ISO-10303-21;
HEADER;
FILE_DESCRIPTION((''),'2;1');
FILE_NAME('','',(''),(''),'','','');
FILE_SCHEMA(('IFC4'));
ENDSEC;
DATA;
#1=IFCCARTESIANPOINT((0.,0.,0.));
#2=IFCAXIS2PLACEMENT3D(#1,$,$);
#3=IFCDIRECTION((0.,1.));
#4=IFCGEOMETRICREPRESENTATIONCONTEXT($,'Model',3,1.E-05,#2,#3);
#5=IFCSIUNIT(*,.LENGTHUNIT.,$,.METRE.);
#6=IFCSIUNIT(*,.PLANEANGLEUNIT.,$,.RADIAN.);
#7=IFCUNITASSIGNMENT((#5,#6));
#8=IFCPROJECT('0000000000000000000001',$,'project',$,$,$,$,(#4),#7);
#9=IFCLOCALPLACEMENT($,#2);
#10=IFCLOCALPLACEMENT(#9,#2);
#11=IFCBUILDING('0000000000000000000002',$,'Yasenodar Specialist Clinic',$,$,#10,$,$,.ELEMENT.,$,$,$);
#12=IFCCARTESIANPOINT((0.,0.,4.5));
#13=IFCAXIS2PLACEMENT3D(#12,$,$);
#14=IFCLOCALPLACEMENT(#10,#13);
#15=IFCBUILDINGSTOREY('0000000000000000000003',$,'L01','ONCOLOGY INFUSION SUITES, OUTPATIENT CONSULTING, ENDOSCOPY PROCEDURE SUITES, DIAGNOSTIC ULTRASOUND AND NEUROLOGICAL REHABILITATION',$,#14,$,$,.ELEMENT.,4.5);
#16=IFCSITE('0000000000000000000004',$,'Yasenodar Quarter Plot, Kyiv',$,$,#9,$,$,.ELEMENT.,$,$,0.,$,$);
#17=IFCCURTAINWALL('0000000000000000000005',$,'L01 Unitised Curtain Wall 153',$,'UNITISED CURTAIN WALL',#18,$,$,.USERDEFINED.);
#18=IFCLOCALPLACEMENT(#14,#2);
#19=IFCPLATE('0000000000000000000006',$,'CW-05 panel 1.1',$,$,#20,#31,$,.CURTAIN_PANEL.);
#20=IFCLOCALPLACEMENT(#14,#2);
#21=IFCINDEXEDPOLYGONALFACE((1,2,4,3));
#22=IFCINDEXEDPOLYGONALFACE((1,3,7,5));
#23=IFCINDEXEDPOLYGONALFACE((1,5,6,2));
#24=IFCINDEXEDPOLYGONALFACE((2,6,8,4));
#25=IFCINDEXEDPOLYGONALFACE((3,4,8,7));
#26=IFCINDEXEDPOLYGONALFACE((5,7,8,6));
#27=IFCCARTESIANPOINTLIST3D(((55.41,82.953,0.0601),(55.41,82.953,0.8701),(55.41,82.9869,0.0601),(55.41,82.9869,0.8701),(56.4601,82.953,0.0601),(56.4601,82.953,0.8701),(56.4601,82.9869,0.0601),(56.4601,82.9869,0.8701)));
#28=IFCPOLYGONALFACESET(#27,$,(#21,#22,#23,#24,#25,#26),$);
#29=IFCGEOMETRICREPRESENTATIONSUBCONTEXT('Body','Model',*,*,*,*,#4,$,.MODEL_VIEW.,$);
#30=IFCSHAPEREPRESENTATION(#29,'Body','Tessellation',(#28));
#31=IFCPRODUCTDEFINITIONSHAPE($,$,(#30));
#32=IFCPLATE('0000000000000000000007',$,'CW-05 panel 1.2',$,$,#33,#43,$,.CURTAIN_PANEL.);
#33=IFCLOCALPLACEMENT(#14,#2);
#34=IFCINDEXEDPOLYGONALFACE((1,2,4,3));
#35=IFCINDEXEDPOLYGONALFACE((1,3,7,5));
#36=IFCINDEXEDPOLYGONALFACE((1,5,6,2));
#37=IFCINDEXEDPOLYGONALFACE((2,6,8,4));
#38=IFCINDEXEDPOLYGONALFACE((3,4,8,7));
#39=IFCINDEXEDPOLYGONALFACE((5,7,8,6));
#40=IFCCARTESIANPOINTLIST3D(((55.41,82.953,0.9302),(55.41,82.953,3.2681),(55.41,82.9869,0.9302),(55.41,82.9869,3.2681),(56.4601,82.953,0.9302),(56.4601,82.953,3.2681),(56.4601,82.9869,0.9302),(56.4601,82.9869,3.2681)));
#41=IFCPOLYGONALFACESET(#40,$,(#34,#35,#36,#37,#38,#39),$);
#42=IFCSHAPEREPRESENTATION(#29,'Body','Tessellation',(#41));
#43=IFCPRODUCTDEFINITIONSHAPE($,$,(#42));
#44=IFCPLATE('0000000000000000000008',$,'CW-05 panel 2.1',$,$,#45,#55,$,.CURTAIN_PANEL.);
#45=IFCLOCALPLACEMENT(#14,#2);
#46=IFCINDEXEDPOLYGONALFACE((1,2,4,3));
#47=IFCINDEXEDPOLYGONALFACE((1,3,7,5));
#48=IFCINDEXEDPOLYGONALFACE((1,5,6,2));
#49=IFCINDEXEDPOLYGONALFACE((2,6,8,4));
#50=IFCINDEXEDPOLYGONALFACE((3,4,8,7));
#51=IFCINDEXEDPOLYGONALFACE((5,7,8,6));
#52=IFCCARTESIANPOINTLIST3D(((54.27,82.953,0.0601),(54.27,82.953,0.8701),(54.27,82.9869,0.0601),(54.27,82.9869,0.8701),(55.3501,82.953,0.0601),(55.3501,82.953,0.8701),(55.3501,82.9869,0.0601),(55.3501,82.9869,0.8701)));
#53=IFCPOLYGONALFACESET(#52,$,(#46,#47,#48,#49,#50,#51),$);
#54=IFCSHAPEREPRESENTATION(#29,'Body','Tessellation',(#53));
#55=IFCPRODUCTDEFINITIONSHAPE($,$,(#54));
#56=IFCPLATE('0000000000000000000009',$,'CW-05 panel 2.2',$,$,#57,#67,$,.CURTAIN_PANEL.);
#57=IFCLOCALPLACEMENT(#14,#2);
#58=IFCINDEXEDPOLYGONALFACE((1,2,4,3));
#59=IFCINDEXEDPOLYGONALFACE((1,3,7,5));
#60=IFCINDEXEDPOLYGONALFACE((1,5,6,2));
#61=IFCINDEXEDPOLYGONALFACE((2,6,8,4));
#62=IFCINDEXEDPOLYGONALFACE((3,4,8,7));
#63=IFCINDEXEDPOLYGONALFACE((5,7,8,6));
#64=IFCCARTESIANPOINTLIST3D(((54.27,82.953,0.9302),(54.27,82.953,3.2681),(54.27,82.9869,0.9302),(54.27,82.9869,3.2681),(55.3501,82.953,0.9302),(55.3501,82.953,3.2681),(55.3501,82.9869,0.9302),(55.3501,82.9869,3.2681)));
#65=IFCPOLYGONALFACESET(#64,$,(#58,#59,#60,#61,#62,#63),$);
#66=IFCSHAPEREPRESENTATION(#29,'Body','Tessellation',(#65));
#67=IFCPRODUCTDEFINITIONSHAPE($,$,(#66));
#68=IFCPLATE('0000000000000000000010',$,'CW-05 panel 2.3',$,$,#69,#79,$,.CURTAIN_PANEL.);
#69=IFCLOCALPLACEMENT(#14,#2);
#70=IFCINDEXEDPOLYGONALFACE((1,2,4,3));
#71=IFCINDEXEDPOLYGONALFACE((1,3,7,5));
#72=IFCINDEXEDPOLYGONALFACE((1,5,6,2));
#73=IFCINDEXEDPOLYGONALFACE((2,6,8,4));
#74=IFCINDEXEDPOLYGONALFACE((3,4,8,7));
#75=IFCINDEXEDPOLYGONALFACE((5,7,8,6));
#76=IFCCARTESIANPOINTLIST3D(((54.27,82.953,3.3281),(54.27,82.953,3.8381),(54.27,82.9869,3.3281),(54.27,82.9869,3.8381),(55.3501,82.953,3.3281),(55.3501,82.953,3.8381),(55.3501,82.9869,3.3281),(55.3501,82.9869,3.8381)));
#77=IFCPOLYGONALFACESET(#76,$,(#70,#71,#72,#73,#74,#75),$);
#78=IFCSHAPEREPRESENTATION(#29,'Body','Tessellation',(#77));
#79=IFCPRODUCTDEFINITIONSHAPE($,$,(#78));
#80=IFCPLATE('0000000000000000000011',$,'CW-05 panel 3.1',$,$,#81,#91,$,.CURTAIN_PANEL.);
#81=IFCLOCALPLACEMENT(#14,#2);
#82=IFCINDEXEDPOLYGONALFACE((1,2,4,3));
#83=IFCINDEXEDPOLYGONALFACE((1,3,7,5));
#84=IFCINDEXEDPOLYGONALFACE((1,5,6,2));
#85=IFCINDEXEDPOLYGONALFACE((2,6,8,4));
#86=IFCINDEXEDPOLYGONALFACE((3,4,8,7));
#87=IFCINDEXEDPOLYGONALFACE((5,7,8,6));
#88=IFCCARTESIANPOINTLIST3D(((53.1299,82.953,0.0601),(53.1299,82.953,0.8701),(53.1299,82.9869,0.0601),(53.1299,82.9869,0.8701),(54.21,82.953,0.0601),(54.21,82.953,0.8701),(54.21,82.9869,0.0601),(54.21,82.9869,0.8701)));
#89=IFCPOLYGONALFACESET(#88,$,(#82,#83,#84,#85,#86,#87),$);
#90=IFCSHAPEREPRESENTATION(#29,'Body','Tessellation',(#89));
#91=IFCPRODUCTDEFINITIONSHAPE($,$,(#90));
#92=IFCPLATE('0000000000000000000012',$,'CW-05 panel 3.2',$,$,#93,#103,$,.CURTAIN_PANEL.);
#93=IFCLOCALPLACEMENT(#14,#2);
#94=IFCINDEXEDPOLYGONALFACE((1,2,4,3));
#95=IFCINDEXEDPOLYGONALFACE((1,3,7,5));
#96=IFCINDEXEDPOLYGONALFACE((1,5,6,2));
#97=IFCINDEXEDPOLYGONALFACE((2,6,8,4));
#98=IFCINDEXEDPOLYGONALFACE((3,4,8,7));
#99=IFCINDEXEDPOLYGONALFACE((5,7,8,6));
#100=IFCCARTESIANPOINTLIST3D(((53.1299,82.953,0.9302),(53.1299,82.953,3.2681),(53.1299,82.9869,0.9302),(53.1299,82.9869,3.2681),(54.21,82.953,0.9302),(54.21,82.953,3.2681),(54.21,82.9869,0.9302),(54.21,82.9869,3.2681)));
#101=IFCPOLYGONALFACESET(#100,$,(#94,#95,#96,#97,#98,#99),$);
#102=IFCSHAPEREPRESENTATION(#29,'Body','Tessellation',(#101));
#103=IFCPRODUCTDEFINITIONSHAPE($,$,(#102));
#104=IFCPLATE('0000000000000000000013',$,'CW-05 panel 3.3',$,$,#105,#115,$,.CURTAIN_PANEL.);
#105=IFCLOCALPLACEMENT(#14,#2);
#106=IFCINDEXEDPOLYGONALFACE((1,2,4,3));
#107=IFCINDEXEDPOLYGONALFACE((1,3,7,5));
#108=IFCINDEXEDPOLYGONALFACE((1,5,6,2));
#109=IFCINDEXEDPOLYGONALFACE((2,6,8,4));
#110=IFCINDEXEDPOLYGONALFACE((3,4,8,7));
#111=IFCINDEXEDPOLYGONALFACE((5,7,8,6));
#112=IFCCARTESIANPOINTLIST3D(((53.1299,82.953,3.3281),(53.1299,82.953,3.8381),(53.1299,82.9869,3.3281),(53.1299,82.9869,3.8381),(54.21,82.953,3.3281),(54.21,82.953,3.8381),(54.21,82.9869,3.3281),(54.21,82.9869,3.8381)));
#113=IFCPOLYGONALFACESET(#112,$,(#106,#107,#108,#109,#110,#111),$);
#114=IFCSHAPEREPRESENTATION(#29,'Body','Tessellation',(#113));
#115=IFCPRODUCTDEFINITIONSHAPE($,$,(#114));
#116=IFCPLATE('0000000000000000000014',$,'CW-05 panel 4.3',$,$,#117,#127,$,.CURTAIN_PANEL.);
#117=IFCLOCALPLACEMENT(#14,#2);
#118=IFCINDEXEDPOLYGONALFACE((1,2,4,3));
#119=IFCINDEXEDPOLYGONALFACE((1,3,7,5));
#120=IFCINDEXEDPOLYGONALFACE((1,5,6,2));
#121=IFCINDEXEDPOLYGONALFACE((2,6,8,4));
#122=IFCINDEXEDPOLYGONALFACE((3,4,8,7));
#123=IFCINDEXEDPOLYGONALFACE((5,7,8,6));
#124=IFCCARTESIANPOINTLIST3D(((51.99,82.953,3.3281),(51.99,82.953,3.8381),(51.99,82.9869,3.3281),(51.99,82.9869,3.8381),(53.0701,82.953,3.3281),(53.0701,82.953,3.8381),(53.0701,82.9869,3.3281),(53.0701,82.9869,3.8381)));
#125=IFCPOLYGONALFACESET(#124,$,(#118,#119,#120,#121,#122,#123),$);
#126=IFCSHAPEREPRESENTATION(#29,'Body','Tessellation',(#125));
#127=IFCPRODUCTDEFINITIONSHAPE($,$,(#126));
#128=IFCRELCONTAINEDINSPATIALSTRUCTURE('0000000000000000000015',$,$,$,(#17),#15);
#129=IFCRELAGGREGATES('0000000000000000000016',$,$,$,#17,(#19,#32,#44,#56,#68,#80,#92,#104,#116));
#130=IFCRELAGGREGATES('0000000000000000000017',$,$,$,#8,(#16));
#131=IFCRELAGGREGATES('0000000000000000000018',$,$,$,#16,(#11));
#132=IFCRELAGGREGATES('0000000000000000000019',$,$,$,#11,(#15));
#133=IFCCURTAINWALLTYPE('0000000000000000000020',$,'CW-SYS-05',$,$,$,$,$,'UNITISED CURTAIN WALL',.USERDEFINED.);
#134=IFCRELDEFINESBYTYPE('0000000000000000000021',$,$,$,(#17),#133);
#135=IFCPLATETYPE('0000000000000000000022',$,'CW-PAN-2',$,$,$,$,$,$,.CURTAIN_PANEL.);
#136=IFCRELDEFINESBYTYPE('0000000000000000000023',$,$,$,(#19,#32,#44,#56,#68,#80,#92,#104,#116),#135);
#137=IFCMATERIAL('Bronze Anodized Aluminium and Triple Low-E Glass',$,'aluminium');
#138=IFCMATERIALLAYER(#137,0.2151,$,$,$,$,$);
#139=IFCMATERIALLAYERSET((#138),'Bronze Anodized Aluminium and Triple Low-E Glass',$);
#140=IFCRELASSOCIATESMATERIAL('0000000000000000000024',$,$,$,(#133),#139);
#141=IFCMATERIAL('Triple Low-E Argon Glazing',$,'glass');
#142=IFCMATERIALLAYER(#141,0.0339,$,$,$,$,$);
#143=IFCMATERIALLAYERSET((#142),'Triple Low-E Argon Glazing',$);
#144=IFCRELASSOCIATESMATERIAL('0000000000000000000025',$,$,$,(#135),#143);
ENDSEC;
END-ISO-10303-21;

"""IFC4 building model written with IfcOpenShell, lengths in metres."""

from ifc_helpers import new_model, si_unit, direction, frame, origin, origin_2d, place, context, subcontext, project, spatial, rectangle, extrude, material, layer, layer_set, type_object, element, aggregate, save


model = new_model("IFC4")

# Units and contexts
model_context = context("Model", 3, precision=1e-05, world=origin(), true_north=direction((0.0, 1.0)))
body_context = subcontext(model_context, "Body", "Model", "MODEL_VIEW")
ifc_project = project(units=[si_unit("LENGTHUNIT", "METRE"), si_unit("PLANEANGLEUNIT", "RADIAN")], contexts=[model_context])

# Site, building, storey
site_placement = place(None, origin())
site = spatial("IfcSite", under=ifc_project, at=site_placement, Name="Yasenodar Quarter Plot, Kyiv", CompositionType="ELEMENT", RefElevation=0.0)
building_placement = place(site_placement, origin())
building = spatial("IfcBuilding", under=site, at=building_placement, Name="Yasenodar Specialist Clinic", CompositionType="ELEMENT")
storey_placement = place(building_placement, frame((0.0, 0.0, 4.5)))
storey = spatial("IfcBuildingStorey", under=building, at=storey_placement, Name="L01", Description="ONCOLOGY INFUSION SUITES, OUTPATIENT CONSULTING, ENDOSCOPY PROCEDURE SUITES, DIAGNOSTIC ULTRASOUND AND NEUROLOGICAL REHABILITATION", CompositionType="ELEMENT", Elevation=4.5)

# Curtain wall, plates
ifc_material_1 = material(Name="Bronze Anodized Aluminium and Triple Low-E Glass", Category="aluminium")
ifc_layer_1 = layer(ifc_material_1, 0.2151)
ifc_layer_set_1 = layer_set([ifc_layer_1], Name="Bronze Anodized Aluminium and Triple Low-E Glass")
curtain_wall_type = type_object("IfcCurtainWallType", Name="CW-SYS-05", ElementType="UNITISED CURTAIN WALL", PredefinedType="USERDEFINED", material=ifc_layer_set_1)
curtain_wall_placement = place(storey_placement, origin())
curtain_wall = element("IfcCurtainWall", 1, at=curtain_wall_placement, inside=storey, type_object=curtain_wall_type, Name="L01 Unitised Curtain Wall 153", ObjectType="UNITISED CURTAIN WALL", PredefinedType="USERDEFINED")
ifc_material_2 = material(Name="Triple Low-E Argon Glazing", Category="glass")
ifc_layer_2 = layer(ifc_material_2, 0.0339)
ifc_layer_set_2 = layer_set([ifc_layer_2], Name="Triple Low-E Argon Glazing")
plate_type = type_object("IfcPlateType", Name="CW-PAN-2", PredefinedType="CURTAIN_PANEL", material=ifc_layer_set_2)
plate_1_placement = place(storey_placement, frame((55.9351, 82.97, 0.0601), z_axis=(0.0, 0.0, 1.0), x_axis=(-1.0, 0.0, 0.0)))
plate_1 = element("IfcPlate", 2, at=plate_1_placement, type_object=plate_type, Name="CW-05 panel 1.1", PredefinedType="CURTAIN_PANEL", context=body_context, shape_type="SweptSolid", body=[
    extrude(rectangle(XDim=1.05, YDim=0.0339, at=origin_2d()), origin(), (0.0, 0.0, 1.0), 0.8101),
])
plate_2_placement = place(storey_placement, frame((55.9351, 82.97, 0.9302), z_axis=(0.0, 0.0, 1.0), x_axis=(-1.0, 0.0, 0.0)))
plate_2 = element("IfcPlate", 3, at=plate_2_placement, type_object=plate_type, Name="CW-05 panel 1.2", PredefinedType="CURTAIN_PANEL", context=body_context, shape_type="SweptSolid", body=[
    extrude(rectangle(XDim=1.05, YDim=0.0339, at=origin_2d()), origin(), (0.0, 0.0, 1.0), 2.3379),
])
plate_3_placement = place(storey_placement, frame((54.8101, 82.97, 0.0601), z_axis=(0.0, 0.0, 1.0), x_axis=(-1.0, 0.0, 0.0)))
plate_3 = element("IfcPlate", 4, at=plate_3_placement, type_object=plate_type, Name="CW-05 panel 2.1", PredefinedType="CURTAIN_PANEL", context=body_context, shape_type="SweptSolid", body=[
    extrude(rectangle(XDim=1.0801, YDim=0.0339, at=origin_2d()), origin(), (0.0, 0.0, 1.0), 0.8101),
])
plate_4_placement = place(storey_placement, frame((54.8101, 82.97, 0.9302), z_axis=(0.0, 0.0, 1.0), x_axis=(-1.0, 0.0, 0.0)))
plate_4 = element("IfcPlate", 5, at=plate_4_placement, type_object=plate_type, Name="CW-05 panel 2.2", PredefinedType="CURTAIN_PANEL", context=body_context, shape_type="SweptSolid", body=[
    extrude(rectangle(XDim=1.0801, YDim=0.0339, at=origin_2d()), origin(), (0.0, 0.0, 1.0), 2.3379),
])
plate_5_placement = place(storey_placement, frame((54.8101, 82.97, 3.3281), z_axis=(0.0, 0.0, 1.0), x_axis=(-1.0, 0.0, 0.0)))
plate_5 = element("IfcPlate", 6, at=plate_5_placement, type_object=plate_type, Name="CW-05 panel 2.3", PredefinedType="CURTAIN_PANEL", context=body_context, shape_type="SweptSolid", body=[
    extrude(rectangle(XDim=1.0801, YDim=0.0339, at=origin_2d()), origin(), (0.0, 0.0, 1.0), 0.51),
])
plate_6_placement = place(storey_placement, frame((53.6699, 82.97, 0.0601), z_axis=(0.0, 0.0, 1.0), x_axis=(-1.0, 0.0, 0.0)))
plate_6 = element("IfcPlate", 7, at=plate_6_placement, type_object=plate_type, Name="CW-05 panel 3.1", PredefinedType="CURTAIN_PANEL", context=body_context, shape_type="SweptSolid", body=[
    extrude(rectangle(XDim=1.0801, YDim=0.0339, at=origin_2d()), origin(), (0.0, 0.0, 1.0), 0.8101),
])
plate_7_placement = place(storey_placement, frame((53.6699, 82.97, 0.9302), z_axis=(0.0, 0.0, 1.0), x_axis=(-1.0, 0.0, 0.0)))
plate_7 = element("IfcPlate", 8, at=plate_7_placement, type_object=plate_type, Name="CW-05 panel 3.2", PredefinedType="CURTAIN_PANEL", context=body_context, shape_type="SweptSolid", body=[
    extrude(rectangle(XDim=1.0801, YDim=0.0339, at=origin_2d()), origin(), (0.0, 0.0, 1.0), 2.3379),
])
plate_8_placement = place(storey_placement, frame((53.6699, 82.97, 3.3281), z_axis=(0.0, 0.0, 1.0), x_axis=(-1.0, 0.0, 0.0)))
plate_8 = element("IfcPlate", 9, at=plate_8_placement, type_object=plate_type, Name="CW-05 panel 3.3", PredefinedType="CURTAIN_PANEL", context=body_context, shape_type="SweptSolid", body=[
    extrude(rectangle(XDim=1.0801, YDim=0.0339, at=origin_2d()), origin(), (0.0, 0.0, 1.0), 0.51),
])
plate_9_placement = place(storey_placement, frame((52.53, 82.97, 3.3281), z_axis=(0.0, 0.0, 1.0), x_axis=(-1.0, 0.0, 0.0)))
plate_9 = element("IfcPlate", 10, at=plate_9_placement, type_object=plate_type, Name="CW-05 panel 4.3", PredefinedType="CURTAIN_PANEL", context=body_context, shape_type="SweptSolid", body=[
    extrude(rectangle(XDim=1.0801, YDim=0.0339, at=origin_2d()), origin(), (0.0, 0.0, 1.0), 0.51),
])
aggregate(curtain_wall, [plate_1, plate_2, plate_3, plate_4, plate_5, plate_6, plate_7, plate_8, plate_9])

save(model, "model.ifc")
